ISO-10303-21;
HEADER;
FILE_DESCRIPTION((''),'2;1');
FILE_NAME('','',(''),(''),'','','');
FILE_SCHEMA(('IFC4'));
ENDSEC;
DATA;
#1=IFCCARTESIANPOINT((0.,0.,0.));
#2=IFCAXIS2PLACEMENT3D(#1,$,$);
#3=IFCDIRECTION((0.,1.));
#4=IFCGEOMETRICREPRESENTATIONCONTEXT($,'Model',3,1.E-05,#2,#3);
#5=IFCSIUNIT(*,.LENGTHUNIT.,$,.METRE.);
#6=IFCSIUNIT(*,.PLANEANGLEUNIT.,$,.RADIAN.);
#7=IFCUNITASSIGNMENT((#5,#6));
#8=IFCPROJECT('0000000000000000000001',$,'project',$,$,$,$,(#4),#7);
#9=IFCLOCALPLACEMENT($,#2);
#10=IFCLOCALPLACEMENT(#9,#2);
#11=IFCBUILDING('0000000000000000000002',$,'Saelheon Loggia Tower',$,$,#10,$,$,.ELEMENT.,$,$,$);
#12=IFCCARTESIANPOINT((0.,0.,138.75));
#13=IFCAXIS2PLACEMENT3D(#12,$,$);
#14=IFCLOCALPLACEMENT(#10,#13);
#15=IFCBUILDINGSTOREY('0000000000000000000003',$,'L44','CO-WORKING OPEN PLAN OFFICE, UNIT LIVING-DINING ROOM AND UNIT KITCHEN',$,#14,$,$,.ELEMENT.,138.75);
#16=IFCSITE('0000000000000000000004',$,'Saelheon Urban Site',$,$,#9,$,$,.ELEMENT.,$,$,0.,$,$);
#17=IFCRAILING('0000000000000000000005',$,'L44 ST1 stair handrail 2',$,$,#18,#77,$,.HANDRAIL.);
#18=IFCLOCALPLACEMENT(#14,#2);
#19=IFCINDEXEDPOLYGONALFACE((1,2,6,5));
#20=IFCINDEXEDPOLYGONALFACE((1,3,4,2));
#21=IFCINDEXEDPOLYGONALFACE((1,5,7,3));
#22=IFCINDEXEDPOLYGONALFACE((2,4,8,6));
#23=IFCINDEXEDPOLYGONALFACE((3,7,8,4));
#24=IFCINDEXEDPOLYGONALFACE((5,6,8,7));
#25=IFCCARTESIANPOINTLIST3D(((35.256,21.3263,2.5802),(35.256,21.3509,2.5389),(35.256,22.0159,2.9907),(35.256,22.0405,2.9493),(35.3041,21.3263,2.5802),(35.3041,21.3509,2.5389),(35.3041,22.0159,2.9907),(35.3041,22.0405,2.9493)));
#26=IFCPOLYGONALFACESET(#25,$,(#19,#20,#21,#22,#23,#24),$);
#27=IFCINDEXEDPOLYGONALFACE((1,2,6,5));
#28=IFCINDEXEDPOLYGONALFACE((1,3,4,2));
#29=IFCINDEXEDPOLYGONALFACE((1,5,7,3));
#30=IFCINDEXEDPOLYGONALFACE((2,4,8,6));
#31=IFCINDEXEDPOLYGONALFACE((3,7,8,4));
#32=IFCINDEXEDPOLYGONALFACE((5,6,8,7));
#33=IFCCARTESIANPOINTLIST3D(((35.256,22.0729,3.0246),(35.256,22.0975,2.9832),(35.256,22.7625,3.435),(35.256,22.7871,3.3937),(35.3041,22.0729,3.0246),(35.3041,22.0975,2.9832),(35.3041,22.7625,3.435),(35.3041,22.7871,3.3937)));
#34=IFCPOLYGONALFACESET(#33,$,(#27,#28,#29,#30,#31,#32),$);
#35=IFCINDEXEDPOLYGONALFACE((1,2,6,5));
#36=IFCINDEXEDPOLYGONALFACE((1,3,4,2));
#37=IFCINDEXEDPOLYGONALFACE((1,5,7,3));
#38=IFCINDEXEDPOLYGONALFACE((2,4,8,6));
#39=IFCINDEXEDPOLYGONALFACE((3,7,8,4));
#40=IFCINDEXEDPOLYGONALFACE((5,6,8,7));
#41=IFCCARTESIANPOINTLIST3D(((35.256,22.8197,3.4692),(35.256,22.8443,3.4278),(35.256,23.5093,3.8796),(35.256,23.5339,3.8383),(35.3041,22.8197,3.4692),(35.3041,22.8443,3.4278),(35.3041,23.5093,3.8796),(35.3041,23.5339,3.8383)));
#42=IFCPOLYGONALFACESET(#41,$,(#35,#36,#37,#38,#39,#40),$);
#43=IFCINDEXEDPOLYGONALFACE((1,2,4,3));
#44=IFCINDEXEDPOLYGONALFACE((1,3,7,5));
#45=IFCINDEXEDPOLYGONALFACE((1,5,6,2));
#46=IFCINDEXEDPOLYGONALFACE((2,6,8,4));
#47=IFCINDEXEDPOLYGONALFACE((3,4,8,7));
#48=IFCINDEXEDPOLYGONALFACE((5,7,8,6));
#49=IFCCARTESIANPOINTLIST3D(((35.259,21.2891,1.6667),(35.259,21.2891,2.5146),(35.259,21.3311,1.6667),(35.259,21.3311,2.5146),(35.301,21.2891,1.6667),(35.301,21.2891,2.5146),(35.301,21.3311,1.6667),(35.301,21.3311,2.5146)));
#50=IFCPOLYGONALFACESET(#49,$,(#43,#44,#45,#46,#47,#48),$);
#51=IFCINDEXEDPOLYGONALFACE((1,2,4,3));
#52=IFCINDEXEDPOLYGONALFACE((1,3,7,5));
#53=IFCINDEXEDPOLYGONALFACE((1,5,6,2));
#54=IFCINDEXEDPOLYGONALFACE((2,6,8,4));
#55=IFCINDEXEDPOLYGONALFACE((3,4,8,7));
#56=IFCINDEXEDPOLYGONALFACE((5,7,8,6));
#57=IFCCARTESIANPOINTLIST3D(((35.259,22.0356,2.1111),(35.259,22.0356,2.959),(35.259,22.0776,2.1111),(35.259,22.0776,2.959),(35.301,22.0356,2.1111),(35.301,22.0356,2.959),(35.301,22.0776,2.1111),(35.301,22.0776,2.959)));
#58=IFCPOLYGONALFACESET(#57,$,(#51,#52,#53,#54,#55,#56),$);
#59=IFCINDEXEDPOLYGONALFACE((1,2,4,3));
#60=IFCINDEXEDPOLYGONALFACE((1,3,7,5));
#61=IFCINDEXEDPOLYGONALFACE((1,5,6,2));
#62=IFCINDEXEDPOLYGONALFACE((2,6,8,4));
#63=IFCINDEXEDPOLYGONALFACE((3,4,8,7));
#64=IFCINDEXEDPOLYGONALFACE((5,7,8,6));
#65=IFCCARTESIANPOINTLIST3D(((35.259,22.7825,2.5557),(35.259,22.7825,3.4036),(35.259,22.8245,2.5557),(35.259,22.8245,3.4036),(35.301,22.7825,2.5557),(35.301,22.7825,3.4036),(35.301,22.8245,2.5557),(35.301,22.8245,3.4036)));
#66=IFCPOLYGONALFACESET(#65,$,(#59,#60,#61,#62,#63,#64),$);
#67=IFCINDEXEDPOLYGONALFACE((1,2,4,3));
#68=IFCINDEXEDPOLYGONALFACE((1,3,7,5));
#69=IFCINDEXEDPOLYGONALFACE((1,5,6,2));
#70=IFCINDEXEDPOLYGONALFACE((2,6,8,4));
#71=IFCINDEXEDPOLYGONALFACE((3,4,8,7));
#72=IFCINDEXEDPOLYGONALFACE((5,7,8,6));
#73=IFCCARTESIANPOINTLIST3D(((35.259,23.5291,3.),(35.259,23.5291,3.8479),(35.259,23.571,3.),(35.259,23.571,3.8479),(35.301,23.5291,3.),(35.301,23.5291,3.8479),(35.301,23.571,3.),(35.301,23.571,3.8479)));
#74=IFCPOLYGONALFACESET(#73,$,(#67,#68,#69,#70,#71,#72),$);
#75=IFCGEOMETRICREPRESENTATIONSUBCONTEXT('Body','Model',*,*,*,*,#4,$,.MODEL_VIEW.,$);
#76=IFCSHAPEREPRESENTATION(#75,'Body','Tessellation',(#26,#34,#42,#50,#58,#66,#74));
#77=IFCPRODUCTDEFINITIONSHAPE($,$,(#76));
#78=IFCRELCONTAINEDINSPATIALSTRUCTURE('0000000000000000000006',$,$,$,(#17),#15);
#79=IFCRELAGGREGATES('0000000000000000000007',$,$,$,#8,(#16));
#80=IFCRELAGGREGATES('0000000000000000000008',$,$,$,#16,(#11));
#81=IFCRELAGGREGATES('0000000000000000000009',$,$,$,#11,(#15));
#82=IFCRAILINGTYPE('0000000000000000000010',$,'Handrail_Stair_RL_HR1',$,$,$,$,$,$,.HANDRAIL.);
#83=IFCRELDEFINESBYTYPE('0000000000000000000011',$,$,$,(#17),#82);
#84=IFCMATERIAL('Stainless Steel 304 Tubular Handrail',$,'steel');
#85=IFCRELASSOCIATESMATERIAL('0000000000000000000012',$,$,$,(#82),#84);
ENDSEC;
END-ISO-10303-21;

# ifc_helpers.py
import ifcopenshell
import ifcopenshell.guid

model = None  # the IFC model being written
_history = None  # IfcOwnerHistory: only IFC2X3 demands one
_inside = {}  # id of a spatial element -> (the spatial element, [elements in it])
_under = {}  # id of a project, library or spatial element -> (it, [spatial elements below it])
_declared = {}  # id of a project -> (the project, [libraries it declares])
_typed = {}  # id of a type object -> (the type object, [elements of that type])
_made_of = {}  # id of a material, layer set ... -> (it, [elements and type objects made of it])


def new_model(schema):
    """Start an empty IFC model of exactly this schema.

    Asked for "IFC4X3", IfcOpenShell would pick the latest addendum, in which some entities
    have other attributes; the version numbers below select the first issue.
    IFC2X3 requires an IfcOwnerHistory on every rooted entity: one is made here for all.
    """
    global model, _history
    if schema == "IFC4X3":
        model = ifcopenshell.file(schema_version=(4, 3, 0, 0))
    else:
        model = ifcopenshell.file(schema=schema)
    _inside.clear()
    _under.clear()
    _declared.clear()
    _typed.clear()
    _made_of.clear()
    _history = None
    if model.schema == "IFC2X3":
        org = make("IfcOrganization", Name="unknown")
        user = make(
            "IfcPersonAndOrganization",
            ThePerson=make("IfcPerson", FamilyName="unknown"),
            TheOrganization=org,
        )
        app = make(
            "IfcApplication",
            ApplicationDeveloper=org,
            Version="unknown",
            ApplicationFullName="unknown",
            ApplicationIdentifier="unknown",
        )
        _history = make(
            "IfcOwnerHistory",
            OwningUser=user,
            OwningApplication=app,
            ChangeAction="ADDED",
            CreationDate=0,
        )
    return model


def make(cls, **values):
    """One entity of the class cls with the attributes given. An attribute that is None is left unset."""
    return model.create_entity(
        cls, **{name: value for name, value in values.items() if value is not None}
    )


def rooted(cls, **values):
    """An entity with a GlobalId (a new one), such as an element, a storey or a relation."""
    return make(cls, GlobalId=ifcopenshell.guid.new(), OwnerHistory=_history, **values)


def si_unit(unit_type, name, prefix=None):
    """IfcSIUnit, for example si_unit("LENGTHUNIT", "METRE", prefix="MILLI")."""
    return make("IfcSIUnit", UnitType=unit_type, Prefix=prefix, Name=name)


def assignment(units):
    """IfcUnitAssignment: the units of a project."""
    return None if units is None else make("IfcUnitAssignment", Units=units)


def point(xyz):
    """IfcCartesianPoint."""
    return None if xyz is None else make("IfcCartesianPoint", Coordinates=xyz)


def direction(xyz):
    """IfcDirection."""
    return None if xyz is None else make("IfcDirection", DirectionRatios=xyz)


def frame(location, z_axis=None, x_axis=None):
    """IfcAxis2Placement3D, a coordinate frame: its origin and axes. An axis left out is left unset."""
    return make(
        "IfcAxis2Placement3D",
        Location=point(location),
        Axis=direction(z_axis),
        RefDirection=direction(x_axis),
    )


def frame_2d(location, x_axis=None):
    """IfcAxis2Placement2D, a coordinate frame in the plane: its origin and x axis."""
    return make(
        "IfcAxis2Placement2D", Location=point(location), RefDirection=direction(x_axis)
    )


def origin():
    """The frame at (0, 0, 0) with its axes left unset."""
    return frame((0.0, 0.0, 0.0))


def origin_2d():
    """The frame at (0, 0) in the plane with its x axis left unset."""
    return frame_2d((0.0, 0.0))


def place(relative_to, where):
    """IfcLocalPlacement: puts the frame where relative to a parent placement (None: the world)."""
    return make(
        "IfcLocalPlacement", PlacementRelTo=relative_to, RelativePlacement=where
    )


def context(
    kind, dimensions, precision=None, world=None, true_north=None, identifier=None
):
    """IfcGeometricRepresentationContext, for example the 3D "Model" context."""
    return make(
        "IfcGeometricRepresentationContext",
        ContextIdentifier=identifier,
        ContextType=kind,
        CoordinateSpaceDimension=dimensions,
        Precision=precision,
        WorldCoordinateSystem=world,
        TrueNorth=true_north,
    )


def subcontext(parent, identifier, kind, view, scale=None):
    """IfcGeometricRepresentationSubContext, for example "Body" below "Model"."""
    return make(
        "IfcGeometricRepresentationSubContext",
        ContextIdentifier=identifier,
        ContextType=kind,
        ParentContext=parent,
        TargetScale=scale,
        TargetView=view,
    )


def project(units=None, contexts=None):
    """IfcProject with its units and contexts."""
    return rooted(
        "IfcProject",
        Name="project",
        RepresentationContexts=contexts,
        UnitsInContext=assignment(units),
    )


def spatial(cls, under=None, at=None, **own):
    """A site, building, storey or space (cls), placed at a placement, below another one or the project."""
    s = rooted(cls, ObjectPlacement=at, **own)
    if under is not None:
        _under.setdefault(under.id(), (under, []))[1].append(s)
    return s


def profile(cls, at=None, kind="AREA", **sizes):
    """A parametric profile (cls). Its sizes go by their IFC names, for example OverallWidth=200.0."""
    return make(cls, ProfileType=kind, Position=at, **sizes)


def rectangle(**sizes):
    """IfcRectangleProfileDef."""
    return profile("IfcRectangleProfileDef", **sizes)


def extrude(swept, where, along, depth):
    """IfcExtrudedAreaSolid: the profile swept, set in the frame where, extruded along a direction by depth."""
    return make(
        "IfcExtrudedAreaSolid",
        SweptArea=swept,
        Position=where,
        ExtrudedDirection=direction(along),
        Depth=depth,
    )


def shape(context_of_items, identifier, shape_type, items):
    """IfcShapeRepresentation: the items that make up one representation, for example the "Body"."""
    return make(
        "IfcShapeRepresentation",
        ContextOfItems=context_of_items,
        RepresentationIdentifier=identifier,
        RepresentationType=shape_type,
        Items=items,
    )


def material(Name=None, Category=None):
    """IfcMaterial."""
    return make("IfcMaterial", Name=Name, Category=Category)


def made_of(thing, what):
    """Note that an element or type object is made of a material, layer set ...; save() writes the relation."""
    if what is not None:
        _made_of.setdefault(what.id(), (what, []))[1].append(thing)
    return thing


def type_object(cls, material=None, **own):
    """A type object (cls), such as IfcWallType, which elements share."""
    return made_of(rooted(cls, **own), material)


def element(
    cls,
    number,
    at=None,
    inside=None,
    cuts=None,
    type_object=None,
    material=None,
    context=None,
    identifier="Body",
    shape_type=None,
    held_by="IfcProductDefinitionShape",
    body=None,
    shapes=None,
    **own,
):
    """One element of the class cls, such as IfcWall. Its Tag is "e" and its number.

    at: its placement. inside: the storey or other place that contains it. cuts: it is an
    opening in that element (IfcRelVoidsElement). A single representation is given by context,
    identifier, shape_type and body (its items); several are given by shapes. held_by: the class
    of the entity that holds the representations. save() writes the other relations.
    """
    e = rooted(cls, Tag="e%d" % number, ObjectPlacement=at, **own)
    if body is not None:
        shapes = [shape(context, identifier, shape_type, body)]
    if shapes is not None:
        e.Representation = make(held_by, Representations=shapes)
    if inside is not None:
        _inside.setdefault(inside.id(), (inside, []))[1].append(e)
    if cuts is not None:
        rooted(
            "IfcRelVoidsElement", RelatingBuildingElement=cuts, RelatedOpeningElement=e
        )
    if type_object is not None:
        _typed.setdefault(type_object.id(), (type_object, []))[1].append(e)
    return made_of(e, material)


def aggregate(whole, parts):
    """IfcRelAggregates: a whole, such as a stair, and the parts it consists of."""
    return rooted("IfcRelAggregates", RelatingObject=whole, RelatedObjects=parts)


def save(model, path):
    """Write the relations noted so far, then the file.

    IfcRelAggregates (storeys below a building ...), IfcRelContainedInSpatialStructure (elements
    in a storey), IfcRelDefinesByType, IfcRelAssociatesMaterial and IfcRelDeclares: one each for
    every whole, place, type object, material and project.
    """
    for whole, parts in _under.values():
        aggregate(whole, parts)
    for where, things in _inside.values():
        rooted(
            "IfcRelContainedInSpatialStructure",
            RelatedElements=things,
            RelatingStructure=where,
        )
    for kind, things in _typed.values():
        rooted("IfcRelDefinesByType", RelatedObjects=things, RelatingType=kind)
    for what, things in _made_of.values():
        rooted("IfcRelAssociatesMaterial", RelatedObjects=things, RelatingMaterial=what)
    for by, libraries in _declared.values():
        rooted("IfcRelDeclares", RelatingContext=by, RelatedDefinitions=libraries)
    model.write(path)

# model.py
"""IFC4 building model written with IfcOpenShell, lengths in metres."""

from ifc_helpers import new_model, si_unit, direction, frame, origin, origin_2d, place, context, subcontext, project, spatial, rectangle, extrude, material, type_object, element, save


model = new_model("IFC4")

# Units and contexts
model_context = context("Model", 3, precision=1e-05, world=origin(), true_north=direction((0.0, 1.0)))
body_context = subcontext(model_context, "Body", "Model", "MODEL_VIEW")
ifc_project = project(units=[si_unit("LENGTHUNIT", "METRE"), si_unit("PLANEANGLEUNIT", "RADIAN")], contexts=[model_context])

# Site, building, storey
site_placement = place(None, origin())
site = spatial("IfcSite", under=ifc_project, at=site_placement, Name="Saelheon Urban Site", CompositionType="ELEMENT", RefElevation=0.0)
building_placement = place(site_placement, origin())
building = spatial("IfcBuilding", under=site, at=building_placement, Name="Saelheon Loggia Tower", CompositionType="ELEMENT")
storey_placement = place(building_placement, frame((0.0, 0.0, 138.75)))
storey = spatial("IfcBuildingStorey", under=building, at=storey_placement, Name="L44", Description="CO-WORKING OPEN PLAN OFFICE, UNIT LIVING-DINING ROOM AND UNIT KITCHEN", CompositionType="ELEMENT", Elevation=138.75)

# Railing
ifc_material_1 = material(Name="Stainless Steel 304 Tubular Handrail", Category="steel")
railing_type_1 = type_object("IfcRailingType", Name="Handrail_Stair_RL_HR1", PredefinedType="HANDRAIL", material=ifc_material_1)
railing_1_placement = place(storey_placement, frame((35.28, 21.3101, 1.6667)))
element("IfcRailing", 1, at=railing_1_placement, inside=storey, type_object=railing_type_1, Name="L44 ST1 stair handrail 2", PredefinedType="HANDRAIL", context=body_context, shape_type="SweptSolid", body=[
    extrude(rectangle(XDim=0.0481, YDim=0.0481, at=origin_2d()), frame((0.0, 0.0286, 0.8928), z_axis=(0.0, 0.859306, 0.511462), x_axis=(-1.0, 0.0, 0.0)), (0.0, 0.0, 1.0), 0.8025),
    extrude(rectangle(XDim=0.0481, YDim=0.0481, at=origin_2d()), frame((0.0, 0.7751, 1.3372), z_axis=(0.0, 0.859306, 0.511462), x_axis=(-1.0, 0.0, 0.0)), (0.0, 0.0, 1.0), 0.8025),
    extrude(rectangle(XDim=0.0481, YDim=0.0481, at=origin_2d()), frame((0.0, 1.522, 1.7817), z_axis=(0.0, 0.859306, 0.511462), x_axis=(-1.0, 0.0, 0.0)), (0.0, 0.0, 1.0), 0.8025),
    extrude(rectangle(XDim=0.042, YDim=0.042, at=origin_2d()), origin(), (0.0, 0.0, 1.0), 0.8479),
    extrude(rectangle(XDim=0.042, YDim=0.042, at=origin_2d()), frame((0.0, 0.7466, 0.4443)), (0.0, 0.0, 1.0), 0.8479),
    extrude(rectangle(XDim=0.042, YDim=0.042, at=origin_2d()), frame((0.0, 1.4934, 0.8889)), (0.0, 0.0, 1.0), 0.8479),
    extrude(rectangle(XDim=0.042, YDim=0.042, at=origin_2d()), frame((0.0, 2.24, 1.3333)), (0.0, 0.0, 1.0), 0.8479),
])

save(model, "model.ifc")
